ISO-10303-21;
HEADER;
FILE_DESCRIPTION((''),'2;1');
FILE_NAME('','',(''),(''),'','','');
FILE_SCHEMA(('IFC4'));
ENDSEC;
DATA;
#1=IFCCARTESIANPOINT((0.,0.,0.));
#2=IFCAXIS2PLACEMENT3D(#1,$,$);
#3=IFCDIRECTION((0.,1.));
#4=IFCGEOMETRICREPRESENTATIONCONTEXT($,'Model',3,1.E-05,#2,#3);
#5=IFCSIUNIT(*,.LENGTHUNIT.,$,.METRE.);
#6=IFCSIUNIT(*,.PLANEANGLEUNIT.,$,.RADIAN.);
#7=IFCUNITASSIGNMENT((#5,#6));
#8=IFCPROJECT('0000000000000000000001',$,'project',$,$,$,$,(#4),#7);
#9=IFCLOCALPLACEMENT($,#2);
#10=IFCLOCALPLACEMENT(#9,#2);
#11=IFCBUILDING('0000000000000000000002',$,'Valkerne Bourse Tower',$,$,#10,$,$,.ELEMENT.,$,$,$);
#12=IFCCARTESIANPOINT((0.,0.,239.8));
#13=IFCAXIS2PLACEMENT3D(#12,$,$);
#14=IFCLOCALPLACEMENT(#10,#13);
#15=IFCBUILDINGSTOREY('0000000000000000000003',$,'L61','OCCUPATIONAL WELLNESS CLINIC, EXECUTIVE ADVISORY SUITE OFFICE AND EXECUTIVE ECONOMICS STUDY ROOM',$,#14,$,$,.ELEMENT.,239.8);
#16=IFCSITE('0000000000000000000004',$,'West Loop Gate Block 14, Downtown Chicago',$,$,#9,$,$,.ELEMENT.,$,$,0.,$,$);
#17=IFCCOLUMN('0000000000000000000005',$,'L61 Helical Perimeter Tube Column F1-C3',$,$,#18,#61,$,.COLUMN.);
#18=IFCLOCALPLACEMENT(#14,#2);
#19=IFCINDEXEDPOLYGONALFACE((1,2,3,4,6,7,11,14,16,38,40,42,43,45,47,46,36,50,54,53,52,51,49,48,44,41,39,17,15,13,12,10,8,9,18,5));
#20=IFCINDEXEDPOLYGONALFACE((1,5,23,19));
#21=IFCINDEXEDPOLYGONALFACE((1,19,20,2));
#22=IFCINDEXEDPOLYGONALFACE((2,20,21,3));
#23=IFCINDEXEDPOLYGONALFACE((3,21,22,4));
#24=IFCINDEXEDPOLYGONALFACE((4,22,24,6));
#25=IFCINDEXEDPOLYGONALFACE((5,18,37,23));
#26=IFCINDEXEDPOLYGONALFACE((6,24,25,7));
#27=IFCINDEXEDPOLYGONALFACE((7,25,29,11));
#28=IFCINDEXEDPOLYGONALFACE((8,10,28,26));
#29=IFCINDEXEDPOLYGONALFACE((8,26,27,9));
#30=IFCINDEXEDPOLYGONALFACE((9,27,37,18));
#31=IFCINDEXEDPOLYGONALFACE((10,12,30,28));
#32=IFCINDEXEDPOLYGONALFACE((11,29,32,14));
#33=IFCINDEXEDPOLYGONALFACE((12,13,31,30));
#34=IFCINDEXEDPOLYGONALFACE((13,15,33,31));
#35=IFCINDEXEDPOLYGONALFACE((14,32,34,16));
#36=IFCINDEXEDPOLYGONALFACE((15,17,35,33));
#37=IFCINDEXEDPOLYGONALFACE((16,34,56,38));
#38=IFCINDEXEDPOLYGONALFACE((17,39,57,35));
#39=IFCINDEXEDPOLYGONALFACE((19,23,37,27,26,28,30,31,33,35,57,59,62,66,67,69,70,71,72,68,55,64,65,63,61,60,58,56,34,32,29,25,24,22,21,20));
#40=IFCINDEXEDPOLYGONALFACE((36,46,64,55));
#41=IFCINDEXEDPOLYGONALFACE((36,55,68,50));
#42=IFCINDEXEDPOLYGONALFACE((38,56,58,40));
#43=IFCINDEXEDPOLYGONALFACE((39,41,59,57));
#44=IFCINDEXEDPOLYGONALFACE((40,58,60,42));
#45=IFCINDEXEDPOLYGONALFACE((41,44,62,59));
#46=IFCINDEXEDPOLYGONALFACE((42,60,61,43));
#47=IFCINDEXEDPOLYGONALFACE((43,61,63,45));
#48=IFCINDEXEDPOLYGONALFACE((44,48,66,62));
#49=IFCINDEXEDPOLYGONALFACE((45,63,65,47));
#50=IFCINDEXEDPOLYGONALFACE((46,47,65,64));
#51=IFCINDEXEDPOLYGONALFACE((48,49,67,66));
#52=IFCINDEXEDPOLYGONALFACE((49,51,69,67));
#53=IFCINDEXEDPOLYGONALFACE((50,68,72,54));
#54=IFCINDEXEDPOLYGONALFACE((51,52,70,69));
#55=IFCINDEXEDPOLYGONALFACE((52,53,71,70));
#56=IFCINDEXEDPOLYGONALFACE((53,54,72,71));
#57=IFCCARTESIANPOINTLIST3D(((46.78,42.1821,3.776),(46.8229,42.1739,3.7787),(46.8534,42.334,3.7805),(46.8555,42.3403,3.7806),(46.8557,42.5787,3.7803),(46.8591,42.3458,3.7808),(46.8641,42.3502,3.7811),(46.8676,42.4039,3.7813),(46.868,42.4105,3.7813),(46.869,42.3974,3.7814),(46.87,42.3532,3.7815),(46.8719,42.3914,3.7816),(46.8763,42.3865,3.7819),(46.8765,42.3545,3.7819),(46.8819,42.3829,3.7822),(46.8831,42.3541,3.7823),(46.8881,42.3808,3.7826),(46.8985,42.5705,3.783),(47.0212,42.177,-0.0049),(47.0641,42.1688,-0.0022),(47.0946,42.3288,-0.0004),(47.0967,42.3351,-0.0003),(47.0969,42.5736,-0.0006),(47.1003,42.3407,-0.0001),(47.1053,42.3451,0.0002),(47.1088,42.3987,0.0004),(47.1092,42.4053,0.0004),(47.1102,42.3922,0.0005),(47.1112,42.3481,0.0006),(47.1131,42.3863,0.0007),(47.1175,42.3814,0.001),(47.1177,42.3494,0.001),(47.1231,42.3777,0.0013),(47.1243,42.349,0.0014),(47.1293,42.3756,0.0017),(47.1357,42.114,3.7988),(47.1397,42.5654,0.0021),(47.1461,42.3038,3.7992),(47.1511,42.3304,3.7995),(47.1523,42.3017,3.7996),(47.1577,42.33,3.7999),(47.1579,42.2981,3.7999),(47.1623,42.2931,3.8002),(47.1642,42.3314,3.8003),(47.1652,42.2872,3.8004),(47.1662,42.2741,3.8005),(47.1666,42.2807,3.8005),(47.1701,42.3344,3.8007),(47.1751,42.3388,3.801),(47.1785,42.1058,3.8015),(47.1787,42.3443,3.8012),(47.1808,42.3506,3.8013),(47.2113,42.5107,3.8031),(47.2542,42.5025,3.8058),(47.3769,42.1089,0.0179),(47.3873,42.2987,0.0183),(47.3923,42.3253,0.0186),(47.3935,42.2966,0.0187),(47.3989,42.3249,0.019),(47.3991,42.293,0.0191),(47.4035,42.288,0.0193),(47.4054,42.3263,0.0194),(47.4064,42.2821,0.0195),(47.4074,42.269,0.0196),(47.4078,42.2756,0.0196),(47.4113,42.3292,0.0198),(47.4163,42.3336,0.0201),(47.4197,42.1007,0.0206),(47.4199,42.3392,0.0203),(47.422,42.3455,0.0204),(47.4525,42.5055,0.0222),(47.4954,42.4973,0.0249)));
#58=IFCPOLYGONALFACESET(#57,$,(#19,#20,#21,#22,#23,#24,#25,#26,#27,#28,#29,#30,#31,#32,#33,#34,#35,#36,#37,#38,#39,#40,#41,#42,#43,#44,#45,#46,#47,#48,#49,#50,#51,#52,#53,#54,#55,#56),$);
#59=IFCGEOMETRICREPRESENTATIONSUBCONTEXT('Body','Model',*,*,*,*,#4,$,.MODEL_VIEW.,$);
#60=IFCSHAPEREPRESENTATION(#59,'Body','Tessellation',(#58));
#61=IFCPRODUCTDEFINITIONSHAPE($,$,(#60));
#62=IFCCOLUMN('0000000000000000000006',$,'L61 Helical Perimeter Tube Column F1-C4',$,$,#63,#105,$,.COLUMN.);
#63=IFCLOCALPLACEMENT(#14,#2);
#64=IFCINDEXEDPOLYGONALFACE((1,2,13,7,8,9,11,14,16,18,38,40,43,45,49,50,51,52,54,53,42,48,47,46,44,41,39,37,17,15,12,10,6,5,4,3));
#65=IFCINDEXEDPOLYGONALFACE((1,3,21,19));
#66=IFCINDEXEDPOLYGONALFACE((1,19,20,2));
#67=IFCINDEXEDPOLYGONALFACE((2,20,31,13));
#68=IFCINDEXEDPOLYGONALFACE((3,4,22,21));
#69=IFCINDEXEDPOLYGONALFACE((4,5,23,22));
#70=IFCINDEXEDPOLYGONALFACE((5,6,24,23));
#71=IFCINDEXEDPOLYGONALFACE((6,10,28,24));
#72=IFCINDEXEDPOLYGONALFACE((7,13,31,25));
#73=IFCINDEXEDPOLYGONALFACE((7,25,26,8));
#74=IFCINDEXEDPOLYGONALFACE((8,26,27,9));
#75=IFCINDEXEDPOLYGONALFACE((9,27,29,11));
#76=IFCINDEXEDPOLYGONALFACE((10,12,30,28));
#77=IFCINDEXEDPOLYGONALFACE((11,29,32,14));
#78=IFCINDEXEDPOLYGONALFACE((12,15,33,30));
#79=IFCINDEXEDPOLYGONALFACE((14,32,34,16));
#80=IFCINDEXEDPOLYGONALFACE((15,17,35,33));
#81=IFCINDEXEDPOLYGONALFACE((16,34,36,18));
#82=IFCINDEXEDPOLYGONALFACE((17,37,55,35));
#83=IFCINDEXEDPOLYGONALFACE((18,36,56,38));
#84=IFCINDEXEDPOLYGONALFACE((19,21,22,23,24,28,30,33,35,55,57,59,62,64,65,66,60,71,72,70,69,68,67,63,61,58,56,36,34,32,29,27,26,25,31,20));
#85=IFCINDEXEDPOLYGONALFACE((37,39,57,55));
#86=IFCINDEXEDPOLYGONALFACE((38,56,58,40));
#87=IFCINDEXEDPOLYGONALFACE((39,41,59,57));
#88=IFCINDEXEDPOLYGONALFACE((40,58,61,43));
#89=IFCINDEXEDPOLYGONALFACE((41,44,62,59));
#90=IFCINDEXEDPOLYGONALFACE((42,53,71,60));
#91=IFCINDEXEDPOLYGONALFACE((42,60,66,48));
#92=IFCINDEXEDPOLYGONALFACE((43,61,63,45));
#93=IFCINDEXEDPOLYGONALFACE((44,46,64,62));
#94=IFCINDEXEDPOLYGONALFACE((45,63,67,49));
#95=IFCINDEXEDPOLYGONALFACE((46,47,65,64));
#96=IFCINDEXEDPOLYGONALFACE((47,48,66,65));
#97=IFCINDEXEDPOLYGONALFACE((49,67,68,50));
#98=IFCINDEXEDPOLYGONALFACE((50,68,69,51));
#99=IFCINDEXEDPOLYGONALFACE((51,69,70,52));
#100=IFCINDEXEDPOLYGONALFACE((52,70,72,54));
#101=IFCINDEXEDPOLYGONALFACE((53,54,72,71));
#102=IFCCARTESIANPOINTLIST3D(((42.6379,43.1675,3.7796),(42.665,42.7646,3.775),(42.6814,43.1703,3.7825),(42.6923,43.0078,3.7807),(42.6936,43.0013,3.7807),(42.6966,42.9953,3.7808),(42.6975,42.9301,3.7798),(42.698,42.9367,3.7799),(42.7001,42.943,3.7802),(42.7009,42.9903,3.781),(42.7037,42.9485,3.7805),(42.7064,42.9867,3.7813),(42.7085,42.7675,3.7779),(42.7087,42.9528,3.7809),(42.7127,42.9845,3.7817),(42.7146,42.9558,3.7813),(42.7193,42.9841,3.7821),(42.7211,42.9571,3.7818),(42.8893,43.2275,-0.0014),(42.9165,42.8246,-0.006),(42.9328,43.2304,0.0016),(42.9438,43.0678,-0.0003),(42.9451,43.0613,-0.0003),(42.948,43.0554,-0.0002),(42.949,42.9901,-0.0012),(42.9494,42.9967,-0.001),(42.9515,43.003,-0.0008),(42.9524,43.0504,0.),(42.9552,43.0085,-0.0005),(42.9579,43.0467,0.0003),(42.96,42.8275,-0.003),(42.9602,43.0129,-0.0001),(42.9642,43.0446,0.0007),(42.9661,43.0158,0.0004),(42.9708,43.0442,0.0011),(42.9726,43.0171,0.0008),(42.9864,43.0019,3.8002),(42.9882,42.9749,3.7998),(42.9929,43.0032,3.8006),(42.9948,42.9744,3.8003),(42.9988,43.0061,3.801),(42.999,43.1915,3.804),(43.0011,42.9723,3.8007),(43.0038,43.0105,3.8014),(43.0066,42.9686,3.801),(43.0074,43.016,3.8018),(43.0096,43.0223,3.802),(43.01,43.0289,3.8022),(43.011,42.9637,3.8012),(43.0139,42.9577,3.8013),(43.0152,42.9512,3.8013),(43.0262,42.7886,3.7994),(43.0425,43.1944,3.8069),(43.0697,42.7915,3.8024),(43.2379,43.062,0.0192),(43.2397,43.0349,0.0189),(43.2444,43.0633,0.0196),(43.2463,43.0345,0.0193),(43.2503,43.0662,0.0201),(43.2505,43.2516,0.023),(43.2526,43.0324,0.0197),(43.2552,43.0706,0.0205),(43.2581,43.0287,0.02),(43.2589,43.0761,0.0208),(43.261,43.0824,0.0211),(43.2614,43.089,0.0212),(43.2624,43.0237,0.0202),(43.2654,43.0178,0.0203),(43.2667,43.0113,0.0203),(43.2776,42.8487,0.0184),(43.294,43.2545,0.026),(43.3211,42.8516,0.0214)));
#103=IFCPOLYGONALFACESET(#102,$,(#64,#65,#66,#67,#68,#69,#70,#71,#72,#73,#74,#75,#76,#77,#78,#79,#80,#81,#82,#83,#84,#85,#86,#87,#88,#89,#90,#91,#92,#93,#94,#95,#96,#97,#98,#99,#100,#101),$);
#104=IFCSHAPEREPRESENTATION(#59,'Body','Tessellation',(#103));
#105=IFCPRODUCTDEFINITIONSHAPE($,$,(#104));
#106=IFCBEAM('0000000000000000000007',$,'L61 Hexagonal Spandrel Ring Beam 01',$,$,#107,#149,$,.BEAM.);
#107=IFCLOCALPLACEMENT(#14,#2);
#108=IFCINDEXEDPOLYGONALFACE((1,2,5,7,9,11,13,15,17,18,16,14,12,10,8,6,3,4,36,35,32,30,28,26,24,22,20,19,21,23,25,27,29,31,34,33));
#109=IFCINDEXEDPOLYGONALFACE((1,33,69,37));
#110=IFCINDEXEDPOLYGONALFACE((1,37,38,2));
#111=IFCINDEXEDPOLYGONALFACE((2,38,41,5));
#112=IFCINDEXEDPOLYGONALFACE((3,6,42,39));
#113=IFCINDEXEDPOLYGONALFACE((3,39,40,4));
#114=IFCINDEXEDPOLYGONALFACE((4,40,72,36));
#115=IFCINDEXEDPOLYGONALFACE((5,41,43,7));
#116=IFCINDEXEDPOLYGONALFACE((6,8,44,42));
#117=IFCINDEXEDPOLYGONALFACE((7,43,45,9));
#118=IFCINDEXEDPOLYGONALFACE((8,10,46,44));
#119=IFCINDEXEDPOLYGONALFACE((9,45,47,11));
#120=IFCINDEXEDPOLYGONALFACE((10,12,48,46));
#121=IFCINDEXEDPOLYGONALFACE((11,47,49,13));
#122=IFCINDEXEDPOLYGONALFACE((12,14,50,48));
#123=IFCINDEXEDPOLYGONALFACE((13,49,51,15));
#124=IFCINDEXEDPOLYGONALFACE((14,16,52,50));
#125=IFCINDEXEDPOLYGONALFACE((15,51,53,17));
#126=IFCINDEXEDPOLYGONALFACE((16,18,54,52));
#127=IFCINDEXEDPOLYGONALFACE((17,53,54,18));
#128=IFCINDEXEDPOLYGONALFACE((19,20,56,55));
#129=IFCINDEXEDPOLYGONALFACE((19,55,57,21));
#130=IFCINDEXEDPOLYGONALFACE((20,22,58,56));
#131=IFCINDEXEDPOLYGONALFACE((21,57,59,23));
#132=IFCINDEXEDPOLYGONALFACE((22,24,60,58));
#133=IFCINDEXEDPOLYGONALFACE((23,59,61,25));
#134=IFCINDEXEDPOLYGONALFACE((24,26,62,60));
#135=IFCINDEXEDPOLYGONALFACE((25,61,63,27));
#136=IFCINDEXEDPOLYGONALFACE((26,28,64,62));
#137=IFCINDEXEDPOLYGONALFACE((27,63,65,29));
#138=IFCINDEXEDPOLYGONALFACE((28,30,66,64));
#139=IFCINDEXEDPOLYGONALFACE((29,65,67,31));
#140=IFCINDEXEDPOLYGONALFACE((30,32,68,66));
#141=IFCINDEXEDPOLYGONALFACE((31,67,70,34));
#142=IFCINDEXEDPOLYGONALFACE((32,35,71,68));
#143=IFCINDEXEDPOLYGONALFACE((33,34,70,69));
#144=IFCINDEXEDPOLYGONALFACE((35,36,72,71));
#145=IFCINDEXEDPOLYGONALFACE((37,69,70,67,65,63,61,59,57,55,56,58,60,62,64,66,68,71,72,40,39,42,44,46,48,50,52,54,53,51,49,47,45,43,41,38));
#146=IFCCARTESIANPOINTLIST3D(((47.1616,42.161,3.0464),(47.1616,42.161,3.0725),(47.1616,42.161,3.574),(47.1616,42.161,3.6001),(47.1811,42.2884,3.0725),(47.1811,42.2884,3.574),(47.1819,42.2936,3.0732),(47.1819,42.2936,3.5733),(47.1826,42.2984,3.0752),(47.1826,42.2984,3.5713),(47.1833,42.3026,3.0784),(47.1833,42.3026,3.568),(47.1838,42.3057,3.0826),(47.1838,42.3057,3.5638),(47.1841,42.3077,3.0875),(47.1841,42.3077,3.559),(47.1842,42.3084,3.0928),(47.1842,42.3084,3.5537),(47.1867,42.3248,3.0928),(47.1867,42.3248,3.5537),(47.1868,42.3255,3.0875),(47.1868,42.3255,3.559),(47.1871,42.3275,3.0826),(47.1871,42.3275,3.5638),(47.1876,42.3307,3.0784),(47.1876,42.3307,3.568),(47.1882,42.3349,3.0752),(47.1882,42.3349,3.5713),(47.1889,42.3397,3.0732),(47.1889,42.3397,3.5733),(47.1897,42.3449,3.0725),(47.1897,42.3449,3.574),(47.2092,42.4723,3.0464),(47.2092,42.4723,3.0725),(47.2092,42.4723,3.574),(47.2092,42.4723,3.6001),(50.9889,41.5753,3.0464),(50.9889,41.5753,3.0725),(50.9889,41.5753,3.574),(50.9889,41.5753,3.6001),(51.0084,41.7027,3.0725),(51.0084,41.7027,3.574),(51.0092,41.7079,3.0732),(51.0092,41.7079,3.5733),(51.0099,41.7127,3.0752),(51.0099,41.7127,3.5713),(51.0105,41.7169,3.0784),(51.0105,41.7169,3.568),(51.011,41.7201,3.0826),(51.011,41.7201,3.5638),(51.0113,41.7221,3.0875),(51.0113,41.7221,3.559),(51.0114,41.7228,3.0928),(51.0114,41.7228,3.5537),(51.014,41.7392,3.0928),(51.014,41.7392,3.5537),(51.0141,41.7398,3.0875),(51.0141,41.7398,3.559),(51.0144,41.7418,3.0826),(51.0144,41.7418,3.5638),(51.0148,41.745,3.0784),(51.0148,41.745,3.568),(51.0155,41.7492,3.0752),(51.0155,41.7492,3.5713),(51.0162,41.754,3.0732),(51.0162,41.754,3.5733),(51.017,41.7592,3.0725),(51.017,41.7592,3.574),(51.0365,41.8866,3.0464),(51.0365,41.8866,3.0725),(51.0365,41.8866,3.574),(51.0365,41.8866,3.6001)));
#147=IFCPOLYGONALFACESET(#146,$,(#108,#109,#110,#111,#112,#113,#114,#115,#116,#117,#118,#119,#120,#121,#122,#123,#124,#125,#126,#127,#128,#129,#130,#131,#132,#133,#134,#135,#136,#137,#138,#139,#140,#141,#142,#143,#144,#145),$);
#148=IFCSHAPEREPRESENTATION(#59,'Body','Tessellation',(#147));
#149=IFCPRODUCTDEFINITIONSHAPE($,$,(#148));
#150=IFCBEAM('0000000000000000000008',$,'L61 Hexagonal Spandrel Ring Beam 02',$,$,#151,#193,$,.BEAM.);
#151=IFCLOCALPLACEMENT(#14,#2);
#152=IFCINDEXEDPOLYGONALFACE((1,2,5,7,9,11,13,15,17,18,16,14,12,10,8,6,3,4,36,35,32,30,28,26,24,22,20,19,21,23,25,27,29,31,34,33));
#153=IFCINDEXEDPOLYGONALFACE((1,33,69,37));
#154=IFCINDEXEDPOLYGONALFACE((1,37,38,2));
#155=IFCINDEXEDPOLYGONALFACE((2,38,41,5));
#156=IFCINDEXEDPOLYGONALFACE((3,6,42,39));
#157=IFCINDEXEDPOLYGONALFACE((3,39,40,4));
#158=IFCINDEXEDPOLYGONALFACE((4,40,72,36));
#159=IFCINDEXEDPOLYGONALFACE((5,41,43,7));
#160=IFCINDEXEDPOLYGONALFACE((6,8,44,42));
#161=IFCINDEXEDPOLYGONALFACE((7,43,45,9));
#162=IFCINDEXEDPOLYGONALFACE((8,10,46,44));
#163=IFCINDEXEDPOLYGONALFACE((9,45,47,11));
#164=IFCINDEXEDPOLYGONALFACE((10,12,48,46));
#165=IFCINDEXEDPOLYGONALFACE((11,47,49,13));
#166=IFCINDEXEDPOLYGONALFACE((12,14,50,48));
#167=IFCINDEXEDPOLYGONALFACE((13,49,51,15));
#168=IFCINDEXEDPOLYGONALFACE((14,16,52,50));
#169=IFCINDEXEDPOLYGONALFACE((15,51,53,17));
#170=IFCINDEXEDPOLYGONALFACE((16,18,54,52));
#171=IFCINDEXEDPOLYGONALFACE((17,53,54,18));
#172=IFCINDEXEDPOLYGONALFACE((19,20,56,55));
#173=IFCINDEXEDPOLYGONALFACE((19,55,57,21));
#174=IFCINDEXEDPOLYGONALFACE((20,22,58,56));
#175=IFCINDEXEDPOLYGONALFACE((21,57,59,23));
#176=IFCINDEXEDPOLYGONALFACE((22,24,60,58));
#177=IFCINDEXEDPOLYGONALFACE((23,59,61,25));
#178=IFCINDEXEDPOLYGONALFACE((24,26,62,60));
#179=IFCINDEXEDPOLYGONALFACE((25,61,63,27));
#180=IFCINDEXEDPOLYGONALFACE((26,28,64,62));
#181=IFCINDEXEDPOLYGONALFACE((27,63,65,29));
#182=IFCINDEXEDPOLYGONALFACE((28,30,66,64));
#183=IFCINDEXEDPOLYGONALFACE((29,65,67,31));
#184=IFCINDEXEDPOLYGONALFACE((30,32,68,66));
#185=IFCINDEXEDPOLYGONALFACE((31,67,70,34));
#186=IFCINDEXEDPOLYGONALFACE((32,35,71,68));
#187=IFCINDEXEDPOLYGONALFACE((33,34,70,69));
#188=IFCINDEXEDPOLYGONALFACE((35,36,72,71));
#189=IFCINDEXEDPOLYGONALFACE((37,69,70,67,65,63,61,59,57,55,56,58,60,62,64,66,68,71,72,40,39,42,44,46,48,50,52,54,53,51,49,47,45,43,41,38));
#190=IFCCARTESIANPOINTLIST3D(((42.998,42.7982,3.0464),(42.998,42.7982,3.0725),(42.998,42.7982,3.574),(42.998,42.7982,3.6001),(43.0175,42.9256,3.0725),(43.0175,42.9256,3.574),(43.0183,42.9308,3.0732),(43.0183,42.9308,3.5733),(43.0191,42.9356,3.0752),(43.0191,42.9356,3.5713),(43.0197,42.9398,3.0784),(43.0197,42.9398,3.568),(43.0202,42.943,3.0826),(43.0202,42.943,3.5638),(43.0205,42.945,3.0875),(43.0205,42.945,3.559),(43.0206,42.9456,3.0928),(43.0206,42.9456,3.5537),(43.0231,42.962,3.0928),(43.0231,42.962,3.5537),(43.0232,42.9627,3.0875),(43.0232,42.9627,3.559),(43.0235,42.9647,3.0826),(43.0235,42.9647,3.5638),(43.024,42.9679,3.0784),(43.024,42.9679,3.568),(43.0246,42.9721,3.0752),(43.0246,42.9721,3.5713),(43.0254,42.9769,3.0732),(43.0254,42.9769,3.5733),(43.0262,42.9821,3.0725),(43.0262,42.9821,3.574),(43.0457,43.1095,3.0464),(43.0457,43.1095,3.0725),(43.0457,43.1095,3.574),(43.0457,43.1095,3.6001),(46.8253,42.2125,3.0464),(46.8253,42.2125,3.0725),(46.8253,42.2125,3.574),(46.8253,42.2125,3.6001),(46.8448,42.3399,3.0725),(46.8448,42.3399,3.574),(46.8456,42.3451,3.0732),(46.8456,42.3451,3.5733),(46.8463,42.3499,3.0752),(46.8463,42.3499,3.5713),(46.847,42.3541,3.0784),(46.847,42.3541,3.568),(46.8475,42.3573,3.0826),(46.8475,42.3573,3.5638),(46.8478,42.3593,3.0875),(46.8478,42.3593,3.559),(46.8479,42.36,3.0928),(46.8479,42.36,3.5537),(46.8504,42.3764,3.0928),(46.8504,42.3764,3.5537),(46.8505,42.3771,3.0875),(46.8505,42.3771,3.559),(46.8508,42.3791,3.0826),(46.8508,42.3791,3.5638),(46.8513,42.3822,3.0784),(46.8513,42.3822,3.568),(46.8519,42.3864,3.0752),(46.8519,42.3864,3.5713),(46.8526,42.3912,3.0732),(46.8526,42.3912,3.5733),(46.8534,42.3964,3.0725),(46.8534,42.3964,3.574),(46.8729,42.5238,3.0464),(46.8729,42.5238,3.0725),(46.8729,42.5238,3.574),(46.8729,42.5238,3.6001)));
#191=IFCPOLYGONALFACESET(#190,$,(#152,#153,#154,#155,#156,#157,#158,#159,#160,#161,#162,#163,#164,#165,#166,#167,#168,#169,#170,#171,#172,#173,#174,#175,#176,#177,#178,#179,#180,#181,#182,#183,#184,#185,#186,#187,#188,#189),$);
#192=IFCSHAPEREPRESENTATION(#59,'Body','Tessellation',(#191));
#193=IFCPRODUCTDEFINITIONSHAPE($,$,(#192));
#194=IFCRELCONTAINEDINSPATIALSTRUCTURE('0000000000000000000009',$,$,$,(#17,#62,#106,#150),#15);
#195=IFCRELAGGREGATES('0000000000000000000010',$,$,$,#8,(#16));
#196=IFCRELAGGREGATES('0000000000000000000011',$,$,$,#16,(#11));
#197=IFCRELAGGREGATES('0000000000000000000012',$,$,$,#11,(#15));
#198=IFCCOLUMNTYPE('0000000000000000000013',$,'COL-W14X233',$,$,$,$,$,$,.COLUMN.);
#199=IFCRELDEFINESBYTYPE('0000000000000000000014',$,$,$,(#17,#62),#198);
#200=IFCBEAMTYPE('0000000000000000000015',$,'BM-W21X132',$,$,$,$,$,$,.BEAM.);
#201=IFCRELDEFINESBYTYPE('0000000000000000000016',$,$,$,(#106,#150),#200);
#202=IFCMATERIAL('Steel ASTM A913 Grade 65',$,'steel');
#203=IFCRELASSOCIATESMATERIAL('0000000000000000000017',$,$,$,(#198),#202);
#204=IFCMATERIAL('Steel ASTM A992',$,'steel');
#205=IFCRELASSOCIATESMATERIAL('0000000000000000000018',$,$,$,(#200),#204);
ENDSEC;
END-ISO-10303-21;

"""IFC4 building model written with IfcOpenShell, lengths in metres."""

from ifc_helpers import new_model, si_unit, direction, frame, origin, origin_2d, place, context, subcontext, project, spatial, i_section, extrude, material, material_profile, profile_set, type_object, element, save


model = new_model("IFC4")

# Units and contexts
model_context = context("Model", 3, precision=1e-05, world=origin(), true_north=direction((0.0, 1.0)))
body_context = subcontext(model_context, "Body", "Model", "MODEL_VIEW")
ifc_project = project(units=[si_unit("LENGTHUNIT", "METRE"), si_unit("PLANEANGLEUNIT", "RADIAN")], contexts=[model_context])

# Site, building, storey
site_placement = place(None, origin())
site = spatial("IfcSite", under=ifc_project, at=site_placement, Name="West Loop Gate Block 14, Downtown Chicago", CompositionType="ELEMENT", RefElevation=0.0)
building_placement = place(site_placement, origin())
building = spatial("IfcBuilding", under=site, at=building_placement, Name="Valkerne Bourse Tower", CompositionType="ELEMENT")
storey_placement = place(building_placement, frame((0.0, 0.0, 239.8)))
storey = spatial("IfcBuildingStorey", under=building, at=storey_placement, Name="L61", Description="OCCUPATIONAL WELLNESS CLINIC, EXECUTIVE ADVISORY SUITE OFFICE AND EXECUTIVE ECONOMICS STUDY ROOM", CompositionType="ELEMENT", Elevation=239.8)

# Columns
ifc_material_1 = material(Name="Steel ASTM A913 Grade 65", Category="steel")
ifc_material_profile_1 = material_profile(ifc_material_1, i_section(OverallWidth=0.4038, OverallDepth=0.4065, WebThickness=0.0271, FlangeThickness=0.0437, FilletRadius=0.0254, at=origin_2d()), Name="W14X233")
ifc_profile_set_1 = profile_set([ifc_material_profile_1], Name="Steel ASTM A913 Grade 65")
column_type = type_object("IfcColumnType", Name="COL-W14X233", PredefinedType="COLUMN", material=ifc_profile_set_1)
column_1_placement = place(storey_placement, frame((47.2583, 42.3372, 0.01), z_axis=(-0.063666, 0.001353, 0.99797), x_axis=(0.187345, 0.982237, 0.01062)))
element("IfcColumn", 1, at=column_1_placement, inside=storey, type_object=column_type, Name="L61 Helical Perimeter Tube Column F1-C3", PredefinedType="COLUMN", context=body_context, shape_type="SweptSolid", body=[
    extrude(i_section(OverallWidth=0.4038, OverallDepth=0.4065, WebThickness=0.0271, FlangeThickness=0.0437, FilletRadius=0.0254, at=origin_2d()), origin(), (0.0, 0.0, 1.0), 3.7886),
])
column_2_placement = place(storey_placement, frame((43.1052, 43.0396, 0.01), z_axis=(-0.066352, -0.015847, 0.99767), x_axis=(-0.067219, 0.997673, 0.011377)))
element("IfcColumn", 2, at=column_2_placement, inside=storey, type_object=column_type, Name="L61 Helical Perimeter Tube Column F1-C4", PredefinedType="COLUMN", context=body_context, shape_type="SweptSolid", body=[
    extrude(i_section(OverallWidth=0.4038, OverallDepth=0.4065, WebThickness=0.0271, FlangeThickness=0.0437, FilletRadius=0.0254, at=origin_2d()), origin(), (0.0, 0.0, 1.0), 3.7898),
])

# Beams
ifc_material_2 = material(Name="Steel ASTM A992", Category="steel")
ifc_material_profile_2 = material_profile(ifc_material_2, i_section(OverallWidth=0.3149, OverallDepth=0.5537, WebThickness=0.0166, FlangeThickness=0.0261, FilletRadius=0.0203, at=origin_2d()), Name="W21X132")
ifc_profile_set_2 = profile_set([ifc_material_profile_2], Name="Steel ASTM A992")
beam_type_1 = type_object("IfcBeamType", Name="BM-W21X132", PredefinedType="BEAM", material=ifc_profile_set_2)
for number, where, z_axis, x_axis, name in (
    (3, (51.0127, 41.731, 3.3232), (-0.988493, 0.151266, 0.0), (-0.151266, -0.988493, 0.0), "L61 Hexagonal Spandrel Ring Beam 01"),
    (4, (46.8491, 42.3682, 3.3232), (-0.988493, 0.151266, 0.0), (-0.151266, -0.988493, 0.0), "L61 Hexagonal Spandrel Ring Beam 02"),
):
    element("IfcBeam", number, at=place(storey_placement, frame(where, z_axis=z_axis, x_axis=x_axis)), inside=storey, type_object=beam_type_1, Name=name, PredefinedType="BEAM", context=body_context, shape_type="SweptSolid", body=[
        extrude(i_section(OverallWidth=0.3149, OverallDepth=0.5537, WebThickness=0.0166, FlangeThickness=0.0261, FilletRadius=0.0203, at=origin_2d()), origin(), (0.0, 0.0, 1.0), 3.8718),
    ])

save(model, "model.ifc")
